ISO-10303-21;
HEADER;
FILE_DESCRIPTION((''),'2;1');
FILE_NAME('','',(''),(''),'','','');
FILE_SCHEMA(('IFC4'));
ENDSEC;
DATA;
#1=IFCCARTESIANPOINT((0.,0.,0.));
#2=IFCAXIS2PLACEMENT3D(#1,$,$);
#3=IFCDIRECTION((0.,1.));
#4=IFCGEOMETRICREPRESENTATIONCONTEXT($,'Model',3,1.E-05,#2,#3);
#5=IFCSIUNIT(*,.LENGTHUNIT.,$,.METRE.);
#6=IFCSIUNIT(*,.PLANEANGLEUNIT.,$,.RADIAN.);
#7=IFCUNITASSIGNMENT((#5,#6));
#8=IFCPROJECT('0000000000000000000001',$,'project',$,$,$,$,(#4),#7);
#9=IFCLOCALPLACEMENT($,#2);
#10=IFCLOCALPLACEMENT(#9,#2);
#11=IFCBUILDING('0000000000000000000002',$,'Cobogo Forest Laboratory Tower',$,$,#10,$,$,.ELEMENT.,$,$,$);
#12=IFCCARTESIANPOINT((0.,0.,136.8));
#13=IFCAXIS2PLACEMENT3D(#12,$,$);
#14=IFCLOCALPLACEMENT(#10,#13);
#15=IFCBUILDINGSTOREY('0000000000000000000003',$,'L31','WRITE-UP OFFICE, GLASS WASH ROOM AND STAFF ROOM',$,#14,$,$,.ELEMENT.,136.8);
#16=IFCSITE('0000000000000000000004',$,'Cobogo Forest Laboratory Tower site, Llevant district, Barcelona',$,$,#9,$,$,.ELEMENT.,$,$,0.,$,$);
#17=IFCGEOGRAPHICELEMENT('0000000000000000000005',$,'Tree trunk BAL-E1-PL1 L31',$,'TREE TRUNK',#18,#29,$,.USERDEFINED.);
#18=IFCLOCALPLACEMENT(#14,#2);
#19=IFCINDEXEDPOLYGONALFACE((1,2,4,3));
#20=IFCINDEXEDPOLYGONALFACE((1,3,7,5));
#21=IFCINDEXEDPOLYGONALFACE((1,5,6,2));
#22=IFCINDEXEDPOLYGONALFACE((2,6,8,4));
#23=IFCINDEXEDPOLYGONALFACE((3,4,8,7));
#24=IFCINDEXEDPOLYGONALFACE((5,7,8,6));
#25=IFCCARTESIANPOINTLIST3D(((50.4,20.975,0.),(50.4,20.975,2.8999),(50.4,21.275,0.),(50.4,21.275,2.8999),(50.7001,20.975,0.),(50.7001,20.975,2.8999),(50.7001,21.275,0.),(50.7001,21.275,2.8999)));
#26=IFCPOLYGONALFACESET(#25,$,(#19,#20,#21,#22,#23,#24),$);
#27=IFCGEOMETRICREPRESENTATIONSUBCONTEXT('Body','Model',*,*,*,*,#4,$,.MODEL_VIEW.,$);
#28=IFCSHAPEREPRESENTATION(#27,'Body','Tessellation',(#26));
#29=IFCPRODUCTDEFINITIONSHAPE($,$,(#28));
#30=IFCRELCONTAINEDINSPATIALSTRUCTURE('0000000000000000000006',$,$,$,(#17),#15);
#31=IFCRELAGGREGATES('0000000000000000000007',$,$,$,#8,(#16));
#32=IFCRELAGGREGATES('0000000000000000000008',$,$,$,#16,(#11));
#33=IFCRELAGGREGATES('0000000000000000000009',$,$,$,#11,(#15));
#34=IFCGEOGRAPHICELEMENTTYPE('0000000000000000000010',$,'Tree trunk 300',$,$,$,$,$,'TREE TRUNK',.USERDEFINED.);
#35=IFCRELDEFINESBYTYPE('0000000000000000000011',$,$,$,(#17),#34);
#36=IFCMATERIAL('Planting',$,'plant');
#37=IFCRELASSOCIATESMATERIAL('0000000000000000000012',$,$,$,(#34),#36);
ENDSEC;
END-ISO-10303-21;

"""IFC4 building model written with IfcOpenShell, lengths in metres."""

from ifc_helpers import new_model, si_unit, direction, frame, origin, origin_2d, place, context, subcontext, project, spatial, rectangle, extrude, material, type_object, element, save


model = new_model("IFC4")

# Units and contexts
model_context = context("Model", 3, precision=1e-05, world=origin(), true_north=direction((0.0, 1.0)))
body_context = subcontext(model_context, "Body", "Model", "MODEL_VIEW")
ifc_project = project(units=[si_unit("LENGTHUNIT", "METRE"), si_unit("PLANEANGLEUNIT", "RADIAN")], contexts=[model_context])

# Site, building, storey
site_placement = place(None, origin())
site = spatial("IfcSite", under=ifc_project, at=site_placement, Name="Cobogo Forest Laboratory Tower site, Llevant district, Barcelona", CompositionType="ELEMENT", RefElevation=0.0)
building_placement = place(site_placement, origin())
building = spatial("IfcBuilding", under=site, at=building_placement, Name="Cobogo Forest Laboratory Tower", CompositionType="ELEMENT")
storey_placement = place(building_placement, frame((0.0, 0.0, 136.8)))
storey = spatial("IfcBuildingStorey", under=building, at=storey_placement, Name="L31", Description="WRITE-UP OFFICE, GLASS WASH ROOM AND STAFF ROOM", CompositionType="ELEMENT", Elevation=136.8)

# Geographic element
ifc_material_1 = material(Name="Planting", Category="plant")
geographic_element_type = type_object("IfcGeographicElementType", Name="Tree trunk 300", ElementType="TREE TRUNK", PredefinedType="USERDEFINED", material=ifc_material_1)
geographic_element_placement = place(storey_placement, frame((50.55, 21.125, 0.0), z_axis=(0.0, 0.0, 1.0), x_axis=(1.0, 0.0, 0.0)))
element("IfcGeographicElement", 1, at=geographic_element_placement, inside=storey, type_object=geographic_element_type, Name="Tree trunk BAL-E1-PL1 L31", ObjectType="TREE TRUNK", PredefinedType="USERDEFINED", context=body_context, shape_type="SweptSolid", body=[
    extrude(rectangle(XDim=0.3, YDim=0.3, at=origin_2d()), origin(), (0.0, 0.0, 1.0), 2.8999),
])

save(model, "model.ifc")
